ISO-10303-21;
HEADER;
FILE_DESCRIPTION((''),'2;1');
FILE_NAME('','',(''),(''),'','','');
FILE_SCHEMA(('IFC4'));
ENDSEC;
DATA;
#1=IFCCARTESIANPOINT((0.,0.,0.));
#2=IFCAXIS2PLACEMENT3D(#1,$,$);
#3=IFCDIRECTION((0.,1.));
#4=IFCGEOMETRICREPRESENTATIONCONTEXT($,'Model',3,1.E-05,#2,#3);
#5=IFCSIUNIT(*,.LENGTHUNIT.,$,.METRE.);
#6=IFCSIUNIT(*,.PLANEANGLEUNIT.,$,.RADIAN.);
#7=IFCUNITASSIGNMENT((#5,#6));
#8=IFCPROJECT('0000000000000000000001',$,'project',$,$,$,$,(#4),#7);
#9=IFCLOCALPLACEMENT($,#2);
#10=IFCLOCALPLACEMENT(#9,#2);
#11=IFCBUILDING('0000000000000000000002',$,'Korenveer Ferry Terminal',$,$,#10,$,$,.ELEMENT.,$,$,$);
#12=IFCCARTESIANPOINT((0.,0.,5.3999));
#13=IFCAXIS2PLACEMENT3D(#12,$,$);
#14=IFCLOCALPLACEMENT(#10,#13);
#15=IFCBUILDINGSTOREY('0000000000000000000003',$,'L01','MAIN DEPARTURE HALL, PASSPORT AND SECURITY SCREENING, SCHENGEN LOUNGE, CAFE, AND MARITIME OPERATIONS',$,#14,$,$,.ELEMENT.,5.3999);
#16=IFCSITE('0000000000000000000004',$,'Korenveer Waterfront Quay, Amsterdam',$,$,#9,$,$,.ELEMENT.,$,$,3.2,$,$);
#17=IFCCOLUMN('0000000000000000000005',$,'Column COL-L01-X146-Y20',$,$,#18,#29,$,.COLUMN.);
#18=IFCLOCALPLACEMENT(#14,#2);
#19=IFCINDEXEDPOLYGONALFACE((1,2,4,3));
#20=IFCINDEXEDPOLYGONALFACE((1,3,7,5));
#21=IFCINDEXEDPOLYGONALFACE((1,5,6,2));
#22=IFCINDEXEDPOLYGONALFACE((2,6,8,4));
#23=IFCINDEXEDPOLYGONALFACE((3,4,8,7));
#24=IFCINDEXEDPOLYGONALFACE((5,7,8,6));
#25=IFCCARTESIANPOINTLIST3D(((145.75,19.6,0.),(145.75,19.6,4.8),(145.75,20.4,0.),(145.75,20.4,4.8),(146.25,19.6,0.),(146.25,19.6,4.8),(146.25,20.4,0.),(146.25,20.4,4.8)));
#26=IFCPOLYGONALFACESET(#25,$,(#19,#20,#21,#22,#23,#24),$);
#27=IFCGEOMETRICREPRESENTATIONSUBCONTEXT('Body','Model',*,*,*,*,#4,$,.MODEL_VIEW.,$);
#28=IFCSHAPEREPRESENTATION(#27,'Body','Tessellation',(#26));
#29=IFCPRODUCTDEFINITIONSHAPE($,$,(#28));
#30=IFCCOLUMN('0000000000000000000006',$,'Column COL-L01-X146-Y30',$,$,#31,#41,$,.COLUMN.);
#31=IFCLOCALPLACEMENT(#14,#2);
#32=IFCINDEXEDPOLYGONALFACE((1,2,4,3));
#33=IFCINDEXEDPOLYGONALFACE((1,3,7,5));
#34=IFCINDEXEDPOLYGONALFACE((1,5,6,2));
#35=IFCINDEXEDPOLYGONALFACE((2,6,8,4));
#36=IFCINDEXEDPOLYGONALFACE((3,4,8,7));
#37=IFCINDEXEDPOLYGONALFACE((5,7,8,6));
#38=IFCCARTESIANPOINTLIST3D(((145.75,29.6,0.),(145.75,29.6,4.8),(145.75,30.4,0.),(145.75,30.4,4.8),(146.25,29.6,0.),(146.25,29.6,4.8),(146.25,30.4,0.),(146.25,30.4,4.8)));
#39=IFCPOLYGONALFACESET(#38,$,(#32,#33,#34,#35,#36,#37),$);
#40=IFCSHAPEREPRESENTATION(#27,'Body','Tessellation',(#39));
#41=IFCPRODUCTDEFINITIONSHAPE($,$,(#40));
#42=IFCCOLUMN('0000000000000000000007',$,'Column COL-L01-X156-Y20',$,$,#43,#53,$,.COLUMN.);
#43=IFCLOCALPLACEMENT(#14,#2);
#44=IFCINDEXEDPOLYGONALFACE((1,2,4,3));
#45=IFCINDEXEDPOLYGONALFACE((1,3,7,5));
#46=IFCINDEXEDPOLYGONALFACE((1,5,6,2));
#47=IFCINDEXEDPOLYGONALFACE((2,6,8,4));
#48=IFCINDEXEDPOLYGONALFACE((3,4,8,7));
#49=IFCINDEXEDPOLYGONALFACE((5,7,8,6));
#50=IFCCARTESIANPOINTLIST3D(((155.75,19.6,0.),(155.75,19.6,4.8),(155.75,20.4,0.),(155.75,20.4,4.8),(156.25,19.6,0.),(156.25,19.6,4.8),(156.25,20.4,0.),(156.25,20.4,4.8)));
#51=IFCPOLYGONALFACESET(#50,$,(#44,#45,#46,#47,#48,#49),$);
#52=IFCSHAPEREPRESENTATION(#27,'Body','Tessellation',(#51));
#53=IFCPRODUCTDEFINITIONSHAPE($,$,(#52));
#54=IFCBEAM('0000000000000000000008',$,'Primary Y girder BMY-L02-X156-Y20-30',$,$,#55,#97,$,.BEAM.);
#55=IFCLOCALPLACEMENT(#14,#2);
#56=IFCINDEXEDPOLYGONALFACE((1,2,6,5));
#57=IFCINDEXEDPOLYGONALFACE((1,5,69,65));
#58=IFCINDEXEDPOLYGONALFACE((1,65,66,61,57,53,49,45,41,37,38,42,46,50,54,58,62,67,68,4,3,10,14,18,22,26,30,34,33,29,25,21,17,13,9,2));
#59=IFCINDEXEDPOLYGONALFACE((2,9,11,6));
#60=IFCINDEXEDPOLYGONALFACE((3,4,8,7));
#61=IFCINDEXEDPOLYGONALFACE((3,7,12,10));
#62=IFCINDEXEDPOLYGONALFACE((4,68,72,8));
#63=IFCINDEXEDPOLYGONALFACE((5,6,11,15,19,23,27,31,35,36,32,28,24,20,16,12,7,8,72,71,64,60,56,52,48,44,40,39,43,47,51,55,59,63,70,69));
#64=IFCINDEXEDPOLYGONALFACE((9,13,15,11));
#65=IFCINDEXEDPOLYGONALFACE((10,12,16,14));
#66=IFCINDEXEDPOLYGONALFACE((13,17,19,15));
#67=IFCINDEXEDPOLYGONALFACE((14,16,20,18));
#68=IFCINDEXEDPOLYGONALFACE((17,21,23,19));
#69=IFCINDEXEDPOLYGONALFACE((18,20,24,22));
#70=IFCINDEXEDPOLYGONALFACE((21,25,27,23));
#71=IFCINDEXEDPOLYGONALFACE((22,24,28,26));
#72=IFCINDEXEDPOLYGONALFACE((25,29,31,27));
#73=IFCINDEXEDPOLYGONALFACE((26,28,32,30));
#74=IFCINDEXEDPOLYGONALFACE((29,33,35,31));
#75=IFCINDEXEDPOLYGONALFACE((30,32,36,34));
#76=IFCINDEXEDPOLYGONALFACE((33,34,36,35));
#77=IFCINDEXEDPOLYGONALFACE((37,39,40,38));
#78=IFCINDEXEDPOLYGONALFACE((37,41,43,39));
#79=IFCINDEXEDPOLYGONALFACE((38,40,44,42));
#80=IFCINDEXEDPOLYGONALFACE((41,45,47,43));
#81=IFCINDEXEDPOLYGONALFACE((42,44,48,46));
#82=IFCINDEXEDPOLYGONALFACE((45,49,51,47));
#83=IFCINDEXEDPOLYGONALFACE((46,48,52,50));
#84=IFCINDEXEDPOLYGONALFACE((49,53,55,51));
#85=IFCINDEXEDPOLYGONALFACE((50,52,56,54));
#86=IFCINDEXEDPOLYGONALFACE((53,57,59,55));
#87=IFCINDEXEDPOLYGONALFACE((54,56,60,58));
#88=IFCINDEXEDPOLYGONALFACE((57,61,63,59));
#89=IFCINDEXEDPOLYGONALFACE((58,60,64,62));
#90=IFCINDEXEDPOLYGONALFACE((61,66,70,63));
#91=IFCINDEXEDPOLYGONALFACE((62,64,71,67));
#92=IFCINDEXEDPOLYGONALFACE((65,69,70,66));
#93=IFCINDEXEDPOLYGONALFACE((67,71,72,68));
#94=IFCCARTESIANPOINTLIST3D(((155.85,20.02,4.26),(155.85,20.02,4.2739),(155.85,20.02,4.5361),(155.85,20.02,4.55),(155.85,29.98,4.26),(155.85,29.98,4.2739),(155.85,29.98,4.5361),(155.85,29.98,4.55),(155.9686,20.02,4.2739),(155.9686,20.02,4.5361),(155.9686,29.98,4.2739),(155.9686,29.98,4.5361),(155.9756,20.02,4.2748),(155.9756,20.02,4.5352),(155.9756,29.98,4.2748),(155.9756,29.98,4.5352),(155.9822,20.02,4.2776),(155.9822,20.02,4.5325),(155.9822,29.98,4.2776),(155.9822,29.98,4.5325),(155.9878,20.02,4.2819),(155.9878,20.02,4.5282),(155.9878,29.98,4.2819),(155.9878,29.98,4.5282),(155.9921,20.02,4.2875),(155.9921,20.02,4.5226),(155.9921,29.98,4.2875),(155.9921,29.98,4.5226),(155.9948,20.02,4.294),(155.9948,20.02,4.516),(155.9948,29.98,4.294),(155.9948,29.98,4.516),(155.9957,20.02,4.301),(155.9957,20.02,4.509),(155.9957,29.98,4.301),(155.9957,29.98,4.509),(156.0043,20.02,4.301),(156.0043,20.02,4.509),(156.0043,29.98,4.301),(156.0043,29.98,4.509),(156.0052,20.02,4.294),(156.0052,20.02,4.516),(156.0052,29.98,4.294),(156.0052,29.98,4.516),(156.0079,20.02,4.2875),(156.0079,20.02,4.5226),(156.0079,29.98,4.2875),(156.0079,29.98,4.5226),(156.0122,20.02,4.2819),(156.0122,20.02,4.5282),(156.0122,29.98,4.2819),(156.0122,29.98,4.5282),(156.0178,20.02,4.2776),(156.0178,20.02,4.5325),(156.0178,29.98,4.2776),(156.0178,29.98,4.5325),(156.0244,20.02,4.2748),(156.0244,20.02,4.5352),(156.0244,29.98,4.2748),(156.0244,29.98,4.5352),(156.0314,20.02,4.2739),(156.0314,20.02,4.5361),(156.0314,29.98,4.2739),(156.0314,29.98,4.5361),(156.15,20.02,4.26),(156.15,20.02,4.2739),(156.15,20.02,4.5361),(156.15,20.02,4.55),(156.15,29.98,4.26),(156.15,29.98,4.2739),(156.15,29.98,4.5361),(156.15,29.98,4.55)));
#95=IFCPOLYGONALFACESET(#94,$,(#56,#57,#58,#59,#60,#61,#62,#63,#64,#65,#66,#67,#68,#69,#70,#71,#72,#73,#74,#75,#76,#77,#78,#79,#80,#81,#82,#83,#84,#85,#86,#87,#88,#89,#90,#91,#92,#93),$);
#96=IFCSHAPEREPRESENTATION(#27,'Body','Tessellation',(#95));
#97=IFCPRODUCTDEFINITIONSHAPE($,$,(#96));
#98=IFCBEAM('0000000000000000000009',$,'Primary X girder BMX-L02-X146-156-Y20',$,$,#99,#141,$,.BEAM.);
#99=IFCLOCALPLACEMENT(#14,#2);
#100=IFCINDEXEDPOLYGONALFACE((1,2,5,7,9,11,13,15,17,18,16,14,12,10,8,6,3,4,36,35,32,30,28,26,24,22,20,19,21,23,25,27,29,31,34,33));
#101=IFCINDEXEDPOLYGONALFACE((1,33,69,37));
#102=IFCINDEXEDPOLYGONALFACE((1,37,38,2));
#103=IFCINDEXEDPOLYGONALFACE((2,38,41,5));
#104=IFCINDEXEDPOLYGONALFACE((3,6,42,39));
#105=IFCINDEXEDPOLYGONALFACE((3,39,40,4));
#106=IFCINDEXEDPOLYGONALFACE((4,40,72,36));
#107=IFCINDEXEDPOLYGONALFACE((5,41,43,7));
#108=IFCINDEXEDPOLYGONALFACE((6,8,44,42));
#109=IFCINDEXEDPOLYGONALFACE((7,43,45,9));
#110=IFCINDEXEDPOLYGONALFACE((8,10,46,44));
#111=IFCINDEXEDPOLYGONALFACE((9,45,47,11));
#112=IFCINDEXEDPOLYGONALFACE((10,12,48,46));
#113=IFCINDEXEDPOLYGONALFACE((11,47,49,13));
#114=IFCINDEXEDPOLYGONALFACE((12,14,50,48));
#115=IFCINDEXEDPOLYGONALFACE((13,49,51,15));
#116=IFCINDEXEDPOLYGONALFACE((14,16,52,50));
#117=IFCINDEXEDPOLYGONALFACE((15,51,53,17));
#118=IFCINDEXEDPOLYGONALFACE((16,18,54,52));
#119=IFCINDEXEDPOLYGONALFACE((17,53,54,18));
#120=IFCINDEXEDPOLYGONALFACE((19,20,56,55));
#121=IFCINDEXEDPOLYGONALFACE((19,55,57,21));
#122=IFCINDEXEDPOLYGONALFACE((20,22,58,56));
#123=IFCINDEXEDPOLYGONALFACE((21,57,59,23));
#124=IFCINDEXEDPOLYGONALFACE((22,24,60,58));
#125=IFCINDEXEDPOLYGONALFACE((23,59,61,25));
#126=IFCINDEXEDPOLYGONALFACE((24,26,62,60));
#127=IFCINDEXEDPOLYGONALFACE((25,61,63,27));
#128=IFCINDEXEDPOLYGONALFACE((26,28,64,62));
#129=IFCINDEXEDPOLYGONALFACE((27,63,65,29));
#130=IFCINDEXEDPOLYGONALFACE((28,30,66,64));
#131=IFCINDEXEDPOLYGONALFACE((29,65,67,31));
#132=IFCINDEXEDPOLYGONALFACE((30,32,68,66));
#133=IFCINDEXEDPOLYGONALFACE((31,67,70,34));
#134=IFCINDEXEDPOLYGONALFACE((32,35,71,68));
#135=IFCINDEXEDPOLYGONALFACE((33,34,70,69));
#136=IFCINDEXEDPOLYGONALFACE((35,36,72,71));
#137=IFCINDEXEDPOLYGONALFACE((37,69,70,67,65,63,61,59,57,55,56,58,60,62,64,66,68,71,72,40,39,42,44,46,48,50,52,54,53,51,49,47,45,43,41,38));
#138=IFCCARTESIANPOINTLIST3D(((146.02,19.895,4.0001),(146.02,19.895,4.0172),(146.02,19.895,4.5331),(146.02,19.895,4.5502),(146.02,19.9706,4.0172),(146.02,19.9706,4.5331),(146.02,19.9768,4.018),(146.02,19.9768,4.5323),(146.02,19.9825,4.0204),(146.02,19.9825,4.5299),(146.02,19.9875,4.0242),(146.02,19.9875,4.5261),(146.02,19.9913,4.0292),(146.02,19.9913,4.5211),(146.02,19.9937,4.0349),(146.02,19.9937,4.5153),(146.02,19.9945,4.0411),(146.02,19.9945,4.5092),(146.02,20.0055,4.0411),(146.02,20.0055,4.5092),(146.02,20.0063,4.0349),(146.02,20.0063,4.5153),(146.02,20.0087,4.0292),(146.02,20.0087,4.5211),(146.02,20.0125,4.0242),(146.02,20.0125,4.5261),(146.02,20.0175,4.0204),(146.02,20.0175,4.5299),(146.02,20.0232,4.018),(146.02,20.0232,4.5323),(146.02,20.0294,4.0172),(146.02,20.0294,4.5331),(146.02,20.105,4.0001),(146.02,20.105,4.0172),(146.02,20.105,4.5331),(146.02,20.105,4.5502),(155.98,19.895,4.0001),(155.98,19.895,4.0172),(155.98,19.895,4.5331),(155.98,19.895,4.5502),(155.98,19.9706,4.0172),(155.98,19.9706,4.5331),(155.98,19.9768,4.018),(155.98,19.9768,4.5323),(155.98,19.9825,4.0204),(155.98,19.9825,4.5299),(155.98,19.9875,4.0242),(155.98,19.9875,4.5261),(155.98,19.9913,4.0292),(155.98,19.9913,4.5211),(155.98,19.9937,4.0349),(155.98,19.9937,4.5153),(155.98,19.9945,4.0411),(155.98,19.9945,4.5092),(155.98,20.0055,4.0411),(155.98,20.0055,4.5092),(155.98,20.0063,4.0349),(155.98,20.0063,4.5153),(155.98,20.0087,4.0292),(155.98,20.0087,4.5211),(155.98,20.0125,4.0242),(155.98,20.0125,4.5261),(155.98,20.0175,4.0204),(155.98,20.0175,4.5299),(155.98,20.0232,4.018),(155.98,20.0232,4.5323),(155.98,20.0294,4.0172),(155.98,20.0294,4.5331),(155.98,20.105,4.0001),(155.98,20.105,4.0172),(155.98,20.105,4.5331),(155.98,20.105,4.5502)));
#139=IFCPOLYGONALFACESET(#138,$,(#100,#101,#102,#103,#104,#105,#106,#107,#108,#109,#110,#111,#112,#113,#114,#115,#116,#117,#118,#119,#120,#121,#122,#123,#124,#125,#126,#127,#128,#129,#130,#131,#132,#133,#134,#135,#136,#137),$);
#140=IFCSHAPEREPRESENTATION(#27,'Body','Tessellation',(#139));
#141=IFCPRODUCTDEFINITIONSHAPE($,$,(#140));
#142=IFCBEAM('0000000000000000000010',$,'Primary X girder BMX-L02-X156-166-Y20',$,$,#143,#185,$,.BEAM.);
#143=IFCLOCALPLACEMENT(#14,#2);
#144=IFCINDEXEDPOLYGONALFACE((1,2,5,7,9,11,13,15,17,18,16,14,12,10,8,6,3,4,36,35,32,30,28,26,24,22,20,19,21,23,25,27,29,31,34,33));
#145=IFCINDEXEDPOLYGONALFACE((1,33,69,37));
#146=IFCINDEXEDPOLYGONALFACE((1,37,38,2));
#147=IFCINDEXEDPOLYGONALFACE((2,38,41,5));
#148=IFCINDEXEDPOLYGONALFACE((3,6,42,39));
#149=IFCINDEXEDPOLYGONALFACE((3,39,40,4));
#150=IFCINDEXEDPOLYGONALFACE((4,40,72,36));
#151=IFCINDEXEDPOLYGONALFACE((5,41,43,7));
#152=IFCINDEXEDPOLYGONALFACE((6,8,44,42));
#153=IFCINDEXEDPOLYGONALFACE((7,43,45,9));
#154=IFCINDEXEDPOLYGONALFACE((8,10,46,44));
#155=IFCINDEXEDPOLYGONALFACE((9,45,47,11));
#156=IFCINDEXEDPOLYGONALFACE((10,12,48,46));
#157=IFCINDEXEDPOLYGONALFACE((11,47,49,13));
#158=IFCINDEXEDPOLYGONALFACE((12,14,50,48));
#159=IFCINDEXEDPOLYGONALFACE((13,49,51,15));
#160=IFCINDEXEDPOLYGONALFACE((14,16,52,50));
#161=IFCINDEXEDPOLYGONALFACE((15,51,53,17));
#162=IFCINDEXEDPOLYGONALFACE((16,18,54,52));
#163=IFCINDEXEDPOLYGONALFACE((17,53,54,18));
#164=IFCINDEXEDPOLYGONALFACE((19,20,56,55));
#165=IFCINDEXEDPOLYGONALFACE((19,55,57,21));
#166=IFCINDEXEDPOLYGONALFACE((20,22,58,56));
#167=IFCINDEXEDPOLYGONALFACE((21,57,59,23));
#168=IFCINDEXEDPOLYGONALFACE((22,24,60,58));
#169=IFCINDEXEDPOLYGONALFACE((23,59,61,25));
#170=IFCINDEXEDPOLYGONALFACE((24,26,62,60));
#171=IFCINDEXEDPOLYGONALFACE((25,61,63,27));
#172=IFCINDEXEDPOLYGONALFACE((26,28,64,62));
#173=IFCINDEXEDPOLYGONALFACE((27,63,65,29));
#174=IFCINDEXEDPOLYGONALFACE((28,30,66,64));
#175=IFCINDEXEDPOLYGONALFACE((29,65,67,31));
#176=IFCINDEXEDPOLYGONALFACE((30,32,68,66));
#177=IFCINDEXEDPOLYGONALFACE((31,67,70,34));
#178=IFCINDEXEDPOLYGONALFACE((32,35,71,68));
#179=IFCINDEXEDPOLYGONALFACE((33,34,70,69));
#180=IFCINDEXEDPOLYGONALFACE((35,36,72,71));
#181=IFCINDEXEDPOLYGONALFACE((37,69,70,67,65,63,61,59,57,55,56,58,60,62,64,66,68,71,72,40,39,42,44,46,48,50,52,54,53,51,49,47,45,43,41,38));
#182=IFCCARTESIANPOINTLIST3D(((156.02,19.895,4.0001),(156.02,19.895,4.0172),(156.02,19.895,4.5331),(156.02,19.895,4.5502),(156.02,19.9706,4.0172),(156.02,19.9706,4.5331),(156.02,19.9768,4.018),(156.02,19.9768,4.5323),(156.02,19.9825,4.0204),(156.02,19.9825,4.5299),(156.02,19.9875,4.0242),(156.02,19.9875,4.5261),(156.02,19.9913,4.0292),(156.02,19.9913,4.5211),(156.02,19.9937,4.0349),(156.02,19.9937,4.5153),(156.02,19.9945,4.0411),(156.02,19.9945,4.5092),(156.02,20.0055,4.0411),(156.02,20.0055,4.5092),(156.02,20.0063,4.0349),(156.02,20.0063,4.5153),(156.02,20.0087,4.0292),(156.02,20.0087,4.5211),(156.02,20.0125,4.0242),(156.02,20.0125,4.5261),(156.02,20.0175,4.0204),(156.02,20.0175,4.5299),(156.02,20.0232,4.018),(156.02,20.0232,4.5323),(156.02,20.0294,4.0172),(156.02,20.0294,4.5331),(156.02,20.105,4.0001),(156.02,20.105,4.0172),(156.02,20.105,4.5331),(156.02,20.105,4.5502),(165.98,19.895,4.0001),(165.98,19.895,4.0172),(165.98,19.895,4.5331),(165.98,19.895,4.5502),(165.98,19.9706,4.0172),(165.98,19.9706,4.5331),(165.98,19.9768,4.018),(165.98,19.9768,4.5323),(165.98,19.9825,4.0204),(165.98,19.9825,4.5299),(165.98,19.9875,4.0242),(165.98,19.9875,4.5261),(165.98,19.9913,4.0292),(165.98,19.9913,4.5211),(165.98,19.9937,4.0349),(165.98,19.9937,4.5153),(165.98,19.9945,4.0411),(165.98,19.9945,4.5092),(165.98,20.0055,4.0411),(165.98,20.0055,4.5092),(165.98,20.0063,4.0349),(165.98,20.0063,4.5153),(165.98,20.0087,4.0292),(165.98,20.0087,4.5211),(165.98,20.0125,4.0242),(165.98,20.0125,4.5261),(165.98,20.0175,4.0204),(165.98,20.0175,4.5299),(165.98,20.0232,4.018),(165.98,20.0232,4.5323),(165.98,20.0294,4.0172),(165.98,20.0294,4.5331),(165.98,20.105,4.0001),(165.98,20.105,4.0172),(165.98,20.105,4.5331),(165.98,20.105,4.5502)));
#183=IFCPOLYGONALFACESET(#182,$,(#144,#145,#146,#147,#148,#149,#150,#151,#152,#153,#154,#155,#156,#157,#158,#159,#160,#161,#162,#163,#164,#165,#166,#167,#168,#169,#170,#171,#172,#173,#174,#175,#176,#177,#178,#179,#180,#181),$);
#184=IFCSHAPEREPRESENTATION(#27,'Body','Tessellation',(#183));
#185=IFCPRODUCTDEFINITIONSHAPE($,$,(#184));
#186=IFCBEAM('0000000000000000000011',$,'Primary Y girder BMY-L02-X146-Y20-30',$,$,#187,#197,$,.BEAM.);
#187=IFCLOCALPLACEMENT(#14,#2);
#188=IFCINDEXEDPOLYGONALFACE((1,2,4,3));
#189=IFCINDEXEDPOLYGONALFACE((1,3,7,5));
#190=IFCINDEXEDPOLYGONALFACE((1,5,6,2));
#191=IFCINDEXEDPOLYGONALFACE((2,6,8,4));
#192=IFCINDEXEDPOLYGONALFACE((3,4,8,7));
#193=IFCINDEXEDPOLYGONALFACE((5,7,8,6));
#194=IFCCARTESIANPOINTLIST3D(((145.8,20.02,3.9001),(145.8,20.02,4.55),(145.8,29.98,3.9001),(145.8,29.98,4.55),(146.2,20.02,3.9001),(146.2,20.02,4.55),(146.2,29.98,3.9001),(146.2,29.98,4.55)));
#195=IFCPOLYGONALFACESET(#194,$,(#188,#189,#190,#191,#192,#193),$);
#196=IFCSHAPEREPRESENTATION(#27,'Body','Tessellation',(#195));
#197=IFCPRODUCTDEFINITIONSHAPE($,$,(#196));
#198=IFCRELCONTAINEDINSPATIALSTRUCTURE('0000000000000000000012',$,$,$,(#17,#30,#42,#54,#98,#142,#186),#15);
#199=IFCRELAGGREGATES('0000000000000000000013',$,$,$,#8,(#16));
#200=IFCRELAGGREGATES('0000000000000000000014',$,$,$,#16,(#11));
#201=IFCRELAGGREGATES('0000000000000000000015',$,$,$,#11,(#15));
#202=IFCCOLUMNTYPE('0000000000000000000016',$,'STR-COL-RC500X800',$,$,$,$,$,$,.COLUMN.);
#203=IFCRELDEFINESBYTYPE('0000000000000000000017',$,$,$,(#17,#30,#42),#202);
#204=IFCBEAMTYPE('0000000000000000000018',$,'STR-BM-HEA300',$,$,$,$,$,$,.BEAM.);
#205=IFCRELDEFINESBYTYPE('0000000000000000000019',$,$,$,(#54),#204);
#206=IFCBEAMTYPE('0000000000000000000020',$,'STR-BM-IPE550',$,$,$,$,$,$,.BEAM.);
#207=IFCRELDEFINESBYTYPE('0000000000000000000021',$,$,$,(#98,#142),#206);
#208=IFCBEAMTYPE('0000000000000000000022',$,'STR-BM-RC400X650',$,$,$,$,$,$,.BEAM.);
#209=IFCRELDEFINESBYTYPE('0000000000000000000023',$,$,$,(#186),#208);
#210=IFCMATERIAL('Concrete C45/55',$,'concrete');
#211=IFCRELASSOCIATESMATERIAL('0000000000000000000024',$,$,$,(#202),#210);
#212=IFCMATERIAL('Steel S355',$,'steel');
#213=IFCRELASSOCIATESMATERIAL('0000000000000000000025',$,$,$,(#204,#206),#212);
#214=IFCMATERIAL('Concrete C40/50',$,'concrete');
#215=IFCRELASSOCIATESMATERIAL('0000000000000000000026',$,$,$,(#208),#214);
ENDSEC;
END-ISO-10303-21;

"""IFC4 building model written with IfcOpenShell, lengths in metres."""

from ifc_helpers import new_model, si_unit, direction, frame, origin, origin_2d, place, context, subcontext, project, spatial, rectangle, i_section, extrude, material, material_profile, profile_set, type_object, element, save


model = new_model("IFC4")

# Units and contexts
model_context = context("Model", 3, precision=1e-05, world=origin(), true_north=direction((0.0, 1.0)))
body_context = subcontext(model_context, "Body", "Model", "MODEL_VIEW")
ifc_project = project(units=[si_unit("LENGTHUNIT", "METRE"), si_unit("PLANEANGLEUNIT", "RADIAN")], contexts=[model_context])

# Site, building, storey
site_placement = place(None, origin())
site = spatial("IfcSite", under=ifc_project, at=site_placement, Name="Korenveer Waterfront Quay, Amsterdam", CompositionType="ELEMENT", RefElevation=3.2)
building_placement = place(site_placement, origin())
building = spatial("IfcBuilding", under=site, at=building_placement, Name="Korenveer Ferry Terminal", CompositionType="ELEMENT")
storey_placement = place(building_placement, frame((0.0, 0.0, 5.3999)))
storey = spatial("IfcBuildingStorey", under=building, at=storey_placement, Name="L01", Description="MAIN DEPARTURE HALL, PASSPORT AND SECURITY SCREENING, SCHENGEN LOUNGE, CAFE, AND MARITIME OPERATIONS", CompositionType="ELEMENT", Elevation=5.3999)

# Columns
ifc_material_1 = material(Name="Concrete C45/55", Category="concrete")
ifc_material_profile_1 = material_profile(ifc_material_1, rectangle(XDim=0.5, YDim=0.8, at=origin_2d()), Name="RC 500x800")
ifc_profile_set_1 = profile_set([ifc_material_profile_1], Name="Concrete C45/55")
column_type = type_object("IfcColumnType", Name="STR-COL-RC500X800", PredefinedType="COLUMN", material=ifc_profile_set_1)
for number, where, z_axis, x_axis, name in (
    (1, (146.0, 20.0, 0.0), (0.0, 0.0, 1.0), (1.0, 0.0, 0.0), "Column COL-L01-X146-Y20"),
    (2, (146.0, 30.0, 0.0), (0.0, 0.0, 1.0), (1.0, 0.0, 0.0), "Column COL-L01-X146-Y30"),
    (3, (156.0, 20.0, 0.0), (0.0, 0.0, 1.0), (1.0, 0.0, 0.0), "Column COL-L01-X156-Y20"),
):
    element("IfcColumn", number, at=place(storey_placement, frame(where, z_axis=z_axis, x_axis=x_axis)), inside=storey, type_object=column_type, Name=name, PredefinedType="COLUMN", context=body_context, shape_type="SweptSolid", body=[
        extrude(rectangle(XDim=0.5, YDim=0.8, at=origin_2d()), origin(), (0.0, 0.0, 1.0), 4.8),
    ])

# Beams
ifc_material_2 = material(Name="Steel S355", Category="steel")
ifc_material_profile_2 = material_profile(ifc_material_2, i_section(OverallWidth=0.3, OverallDepth=0.29, WebThickness=0.0085, FlangeThickness=0.0139, FilletRadius=0.0271, at=origin_2d()), Name="HEA 300")
ifc_profile_set_2 = profile_set([ifc_material_profile_2], Name="Steel S355")
beam_type_1 = type_object("IfcBeamType", Name="STR-BM-HEA300", PredefinedType="BEAM", material=ifc_profile_set_2)
beam_1_placement = place(storey_placement, frame((156.0, 20.02, 4.405), z_axis=(0.0, 1.0, 0.0), x_axis=(-1.0, 0.0, 0.0)))
element("IfcBeam", 4, at=beam_1_placement, inside=storey, type_object=beam_type_1, Name="Primary Y girder BMY-L02-X156-Y20-30", PredefinedType="BEAM", context=body_context, shape_type="SweptSolid", body=[
    extrude(i_section(OverallWidth=0.3, OverallDepth=0.29, WebThickness=0.0085, FlangeThickness=0.0139, FilletRadius=0.0271, at=origin_2d()), origin(), (0.0, 0.0, 1.0), 9.96),
])
ifc_material_profile_3 = material_profile(ifc_material_2, i_section(OverallWidth=0.21, OverallDepth=0.55, WebThickness=0.011, FlangeThickness=0.0171, FilletRadius=0.0239, at=origin_2d()), Name="IPE 550")
ifc_profile_set_3 = profile_set([ifc_material_profile_3], Name="Steel S355")
beam_type_2 = type_object("IfcBeamType", Name="STR-BM-IPE550", PredefinedType="BEAM", material=ifc_profile_set_3)
for number, where, z_axis, x_axis, name in (
    (5, (146.02, 20.0, 4.2751), (1.0, 0.0, 0.0), (0.0, 1.0, 0.0), "Primary X girder BMX-L02-X146-156-Y20"),
    (6, (156.02, 20.0, 4.2751), (1.0, 0.0, 0.0), (0.0, 1.0, 0.0), "Primary X girder BMX-L02-X156-166-Y20"),
):
    element("IfcBeam", number, at=place(storey_placement, frame(where, z_axis=z_axis, x_axis=x_axis)), inside=storey, type_object=beam_type_2, Name=name, PredefinedType="BEAM", context=body_context, shape_type="SweptSolid", body=[
        extrude(i_section(OverallWidth=0.21, OverallDepth=0.55, WebThickness=0.011, FlangeThickness=0.0171, FilletRadius=0.0239, at=origin_2d()), origin(), (0.0, 0.0, 1.0), 9.96),
    ])
ifc_material_3 = material(Name="Concrete C40/50", Category="concrete")
ifc_material_profile_4 = material_profile(ifc_material_3, rectangle(XDim=0.3999, YDim=0.6499, at=origin_2d()), Name="RC 400x650")
ifc_profile_set_4 = profile_set([ifc_material_profile_4], Name="Concrete C40/50")
beam_type_3 = type_object("IfcBeamType", Name="STR-BM-RC400X650", PredefinedType="BEAM", material=ifc_profile_set_4)
beam_2_placement = place(storey_placement, frame((146.0, 20.02, 4.2251), z_axis=(0.0, 1.0, 0.0), x_axis=(-1.0, 0.0, 0.0)))
element("IfcBeam", 7, at=beam_2_placement, inside=storey, type_object=beam_type_3, Name="Primary Y girder BMY-L02-X146-Y20-30", PredefinedType="BEAM", context=body_context, shape_type="SweptSolid", body=[
    extrude(rectangle(XDim=0.3999, YDim=0.6499, at=origin_2d()), origin(), (0.0, 0.0, 1.0), 9.96),
])

save(model, "model.ifc")
